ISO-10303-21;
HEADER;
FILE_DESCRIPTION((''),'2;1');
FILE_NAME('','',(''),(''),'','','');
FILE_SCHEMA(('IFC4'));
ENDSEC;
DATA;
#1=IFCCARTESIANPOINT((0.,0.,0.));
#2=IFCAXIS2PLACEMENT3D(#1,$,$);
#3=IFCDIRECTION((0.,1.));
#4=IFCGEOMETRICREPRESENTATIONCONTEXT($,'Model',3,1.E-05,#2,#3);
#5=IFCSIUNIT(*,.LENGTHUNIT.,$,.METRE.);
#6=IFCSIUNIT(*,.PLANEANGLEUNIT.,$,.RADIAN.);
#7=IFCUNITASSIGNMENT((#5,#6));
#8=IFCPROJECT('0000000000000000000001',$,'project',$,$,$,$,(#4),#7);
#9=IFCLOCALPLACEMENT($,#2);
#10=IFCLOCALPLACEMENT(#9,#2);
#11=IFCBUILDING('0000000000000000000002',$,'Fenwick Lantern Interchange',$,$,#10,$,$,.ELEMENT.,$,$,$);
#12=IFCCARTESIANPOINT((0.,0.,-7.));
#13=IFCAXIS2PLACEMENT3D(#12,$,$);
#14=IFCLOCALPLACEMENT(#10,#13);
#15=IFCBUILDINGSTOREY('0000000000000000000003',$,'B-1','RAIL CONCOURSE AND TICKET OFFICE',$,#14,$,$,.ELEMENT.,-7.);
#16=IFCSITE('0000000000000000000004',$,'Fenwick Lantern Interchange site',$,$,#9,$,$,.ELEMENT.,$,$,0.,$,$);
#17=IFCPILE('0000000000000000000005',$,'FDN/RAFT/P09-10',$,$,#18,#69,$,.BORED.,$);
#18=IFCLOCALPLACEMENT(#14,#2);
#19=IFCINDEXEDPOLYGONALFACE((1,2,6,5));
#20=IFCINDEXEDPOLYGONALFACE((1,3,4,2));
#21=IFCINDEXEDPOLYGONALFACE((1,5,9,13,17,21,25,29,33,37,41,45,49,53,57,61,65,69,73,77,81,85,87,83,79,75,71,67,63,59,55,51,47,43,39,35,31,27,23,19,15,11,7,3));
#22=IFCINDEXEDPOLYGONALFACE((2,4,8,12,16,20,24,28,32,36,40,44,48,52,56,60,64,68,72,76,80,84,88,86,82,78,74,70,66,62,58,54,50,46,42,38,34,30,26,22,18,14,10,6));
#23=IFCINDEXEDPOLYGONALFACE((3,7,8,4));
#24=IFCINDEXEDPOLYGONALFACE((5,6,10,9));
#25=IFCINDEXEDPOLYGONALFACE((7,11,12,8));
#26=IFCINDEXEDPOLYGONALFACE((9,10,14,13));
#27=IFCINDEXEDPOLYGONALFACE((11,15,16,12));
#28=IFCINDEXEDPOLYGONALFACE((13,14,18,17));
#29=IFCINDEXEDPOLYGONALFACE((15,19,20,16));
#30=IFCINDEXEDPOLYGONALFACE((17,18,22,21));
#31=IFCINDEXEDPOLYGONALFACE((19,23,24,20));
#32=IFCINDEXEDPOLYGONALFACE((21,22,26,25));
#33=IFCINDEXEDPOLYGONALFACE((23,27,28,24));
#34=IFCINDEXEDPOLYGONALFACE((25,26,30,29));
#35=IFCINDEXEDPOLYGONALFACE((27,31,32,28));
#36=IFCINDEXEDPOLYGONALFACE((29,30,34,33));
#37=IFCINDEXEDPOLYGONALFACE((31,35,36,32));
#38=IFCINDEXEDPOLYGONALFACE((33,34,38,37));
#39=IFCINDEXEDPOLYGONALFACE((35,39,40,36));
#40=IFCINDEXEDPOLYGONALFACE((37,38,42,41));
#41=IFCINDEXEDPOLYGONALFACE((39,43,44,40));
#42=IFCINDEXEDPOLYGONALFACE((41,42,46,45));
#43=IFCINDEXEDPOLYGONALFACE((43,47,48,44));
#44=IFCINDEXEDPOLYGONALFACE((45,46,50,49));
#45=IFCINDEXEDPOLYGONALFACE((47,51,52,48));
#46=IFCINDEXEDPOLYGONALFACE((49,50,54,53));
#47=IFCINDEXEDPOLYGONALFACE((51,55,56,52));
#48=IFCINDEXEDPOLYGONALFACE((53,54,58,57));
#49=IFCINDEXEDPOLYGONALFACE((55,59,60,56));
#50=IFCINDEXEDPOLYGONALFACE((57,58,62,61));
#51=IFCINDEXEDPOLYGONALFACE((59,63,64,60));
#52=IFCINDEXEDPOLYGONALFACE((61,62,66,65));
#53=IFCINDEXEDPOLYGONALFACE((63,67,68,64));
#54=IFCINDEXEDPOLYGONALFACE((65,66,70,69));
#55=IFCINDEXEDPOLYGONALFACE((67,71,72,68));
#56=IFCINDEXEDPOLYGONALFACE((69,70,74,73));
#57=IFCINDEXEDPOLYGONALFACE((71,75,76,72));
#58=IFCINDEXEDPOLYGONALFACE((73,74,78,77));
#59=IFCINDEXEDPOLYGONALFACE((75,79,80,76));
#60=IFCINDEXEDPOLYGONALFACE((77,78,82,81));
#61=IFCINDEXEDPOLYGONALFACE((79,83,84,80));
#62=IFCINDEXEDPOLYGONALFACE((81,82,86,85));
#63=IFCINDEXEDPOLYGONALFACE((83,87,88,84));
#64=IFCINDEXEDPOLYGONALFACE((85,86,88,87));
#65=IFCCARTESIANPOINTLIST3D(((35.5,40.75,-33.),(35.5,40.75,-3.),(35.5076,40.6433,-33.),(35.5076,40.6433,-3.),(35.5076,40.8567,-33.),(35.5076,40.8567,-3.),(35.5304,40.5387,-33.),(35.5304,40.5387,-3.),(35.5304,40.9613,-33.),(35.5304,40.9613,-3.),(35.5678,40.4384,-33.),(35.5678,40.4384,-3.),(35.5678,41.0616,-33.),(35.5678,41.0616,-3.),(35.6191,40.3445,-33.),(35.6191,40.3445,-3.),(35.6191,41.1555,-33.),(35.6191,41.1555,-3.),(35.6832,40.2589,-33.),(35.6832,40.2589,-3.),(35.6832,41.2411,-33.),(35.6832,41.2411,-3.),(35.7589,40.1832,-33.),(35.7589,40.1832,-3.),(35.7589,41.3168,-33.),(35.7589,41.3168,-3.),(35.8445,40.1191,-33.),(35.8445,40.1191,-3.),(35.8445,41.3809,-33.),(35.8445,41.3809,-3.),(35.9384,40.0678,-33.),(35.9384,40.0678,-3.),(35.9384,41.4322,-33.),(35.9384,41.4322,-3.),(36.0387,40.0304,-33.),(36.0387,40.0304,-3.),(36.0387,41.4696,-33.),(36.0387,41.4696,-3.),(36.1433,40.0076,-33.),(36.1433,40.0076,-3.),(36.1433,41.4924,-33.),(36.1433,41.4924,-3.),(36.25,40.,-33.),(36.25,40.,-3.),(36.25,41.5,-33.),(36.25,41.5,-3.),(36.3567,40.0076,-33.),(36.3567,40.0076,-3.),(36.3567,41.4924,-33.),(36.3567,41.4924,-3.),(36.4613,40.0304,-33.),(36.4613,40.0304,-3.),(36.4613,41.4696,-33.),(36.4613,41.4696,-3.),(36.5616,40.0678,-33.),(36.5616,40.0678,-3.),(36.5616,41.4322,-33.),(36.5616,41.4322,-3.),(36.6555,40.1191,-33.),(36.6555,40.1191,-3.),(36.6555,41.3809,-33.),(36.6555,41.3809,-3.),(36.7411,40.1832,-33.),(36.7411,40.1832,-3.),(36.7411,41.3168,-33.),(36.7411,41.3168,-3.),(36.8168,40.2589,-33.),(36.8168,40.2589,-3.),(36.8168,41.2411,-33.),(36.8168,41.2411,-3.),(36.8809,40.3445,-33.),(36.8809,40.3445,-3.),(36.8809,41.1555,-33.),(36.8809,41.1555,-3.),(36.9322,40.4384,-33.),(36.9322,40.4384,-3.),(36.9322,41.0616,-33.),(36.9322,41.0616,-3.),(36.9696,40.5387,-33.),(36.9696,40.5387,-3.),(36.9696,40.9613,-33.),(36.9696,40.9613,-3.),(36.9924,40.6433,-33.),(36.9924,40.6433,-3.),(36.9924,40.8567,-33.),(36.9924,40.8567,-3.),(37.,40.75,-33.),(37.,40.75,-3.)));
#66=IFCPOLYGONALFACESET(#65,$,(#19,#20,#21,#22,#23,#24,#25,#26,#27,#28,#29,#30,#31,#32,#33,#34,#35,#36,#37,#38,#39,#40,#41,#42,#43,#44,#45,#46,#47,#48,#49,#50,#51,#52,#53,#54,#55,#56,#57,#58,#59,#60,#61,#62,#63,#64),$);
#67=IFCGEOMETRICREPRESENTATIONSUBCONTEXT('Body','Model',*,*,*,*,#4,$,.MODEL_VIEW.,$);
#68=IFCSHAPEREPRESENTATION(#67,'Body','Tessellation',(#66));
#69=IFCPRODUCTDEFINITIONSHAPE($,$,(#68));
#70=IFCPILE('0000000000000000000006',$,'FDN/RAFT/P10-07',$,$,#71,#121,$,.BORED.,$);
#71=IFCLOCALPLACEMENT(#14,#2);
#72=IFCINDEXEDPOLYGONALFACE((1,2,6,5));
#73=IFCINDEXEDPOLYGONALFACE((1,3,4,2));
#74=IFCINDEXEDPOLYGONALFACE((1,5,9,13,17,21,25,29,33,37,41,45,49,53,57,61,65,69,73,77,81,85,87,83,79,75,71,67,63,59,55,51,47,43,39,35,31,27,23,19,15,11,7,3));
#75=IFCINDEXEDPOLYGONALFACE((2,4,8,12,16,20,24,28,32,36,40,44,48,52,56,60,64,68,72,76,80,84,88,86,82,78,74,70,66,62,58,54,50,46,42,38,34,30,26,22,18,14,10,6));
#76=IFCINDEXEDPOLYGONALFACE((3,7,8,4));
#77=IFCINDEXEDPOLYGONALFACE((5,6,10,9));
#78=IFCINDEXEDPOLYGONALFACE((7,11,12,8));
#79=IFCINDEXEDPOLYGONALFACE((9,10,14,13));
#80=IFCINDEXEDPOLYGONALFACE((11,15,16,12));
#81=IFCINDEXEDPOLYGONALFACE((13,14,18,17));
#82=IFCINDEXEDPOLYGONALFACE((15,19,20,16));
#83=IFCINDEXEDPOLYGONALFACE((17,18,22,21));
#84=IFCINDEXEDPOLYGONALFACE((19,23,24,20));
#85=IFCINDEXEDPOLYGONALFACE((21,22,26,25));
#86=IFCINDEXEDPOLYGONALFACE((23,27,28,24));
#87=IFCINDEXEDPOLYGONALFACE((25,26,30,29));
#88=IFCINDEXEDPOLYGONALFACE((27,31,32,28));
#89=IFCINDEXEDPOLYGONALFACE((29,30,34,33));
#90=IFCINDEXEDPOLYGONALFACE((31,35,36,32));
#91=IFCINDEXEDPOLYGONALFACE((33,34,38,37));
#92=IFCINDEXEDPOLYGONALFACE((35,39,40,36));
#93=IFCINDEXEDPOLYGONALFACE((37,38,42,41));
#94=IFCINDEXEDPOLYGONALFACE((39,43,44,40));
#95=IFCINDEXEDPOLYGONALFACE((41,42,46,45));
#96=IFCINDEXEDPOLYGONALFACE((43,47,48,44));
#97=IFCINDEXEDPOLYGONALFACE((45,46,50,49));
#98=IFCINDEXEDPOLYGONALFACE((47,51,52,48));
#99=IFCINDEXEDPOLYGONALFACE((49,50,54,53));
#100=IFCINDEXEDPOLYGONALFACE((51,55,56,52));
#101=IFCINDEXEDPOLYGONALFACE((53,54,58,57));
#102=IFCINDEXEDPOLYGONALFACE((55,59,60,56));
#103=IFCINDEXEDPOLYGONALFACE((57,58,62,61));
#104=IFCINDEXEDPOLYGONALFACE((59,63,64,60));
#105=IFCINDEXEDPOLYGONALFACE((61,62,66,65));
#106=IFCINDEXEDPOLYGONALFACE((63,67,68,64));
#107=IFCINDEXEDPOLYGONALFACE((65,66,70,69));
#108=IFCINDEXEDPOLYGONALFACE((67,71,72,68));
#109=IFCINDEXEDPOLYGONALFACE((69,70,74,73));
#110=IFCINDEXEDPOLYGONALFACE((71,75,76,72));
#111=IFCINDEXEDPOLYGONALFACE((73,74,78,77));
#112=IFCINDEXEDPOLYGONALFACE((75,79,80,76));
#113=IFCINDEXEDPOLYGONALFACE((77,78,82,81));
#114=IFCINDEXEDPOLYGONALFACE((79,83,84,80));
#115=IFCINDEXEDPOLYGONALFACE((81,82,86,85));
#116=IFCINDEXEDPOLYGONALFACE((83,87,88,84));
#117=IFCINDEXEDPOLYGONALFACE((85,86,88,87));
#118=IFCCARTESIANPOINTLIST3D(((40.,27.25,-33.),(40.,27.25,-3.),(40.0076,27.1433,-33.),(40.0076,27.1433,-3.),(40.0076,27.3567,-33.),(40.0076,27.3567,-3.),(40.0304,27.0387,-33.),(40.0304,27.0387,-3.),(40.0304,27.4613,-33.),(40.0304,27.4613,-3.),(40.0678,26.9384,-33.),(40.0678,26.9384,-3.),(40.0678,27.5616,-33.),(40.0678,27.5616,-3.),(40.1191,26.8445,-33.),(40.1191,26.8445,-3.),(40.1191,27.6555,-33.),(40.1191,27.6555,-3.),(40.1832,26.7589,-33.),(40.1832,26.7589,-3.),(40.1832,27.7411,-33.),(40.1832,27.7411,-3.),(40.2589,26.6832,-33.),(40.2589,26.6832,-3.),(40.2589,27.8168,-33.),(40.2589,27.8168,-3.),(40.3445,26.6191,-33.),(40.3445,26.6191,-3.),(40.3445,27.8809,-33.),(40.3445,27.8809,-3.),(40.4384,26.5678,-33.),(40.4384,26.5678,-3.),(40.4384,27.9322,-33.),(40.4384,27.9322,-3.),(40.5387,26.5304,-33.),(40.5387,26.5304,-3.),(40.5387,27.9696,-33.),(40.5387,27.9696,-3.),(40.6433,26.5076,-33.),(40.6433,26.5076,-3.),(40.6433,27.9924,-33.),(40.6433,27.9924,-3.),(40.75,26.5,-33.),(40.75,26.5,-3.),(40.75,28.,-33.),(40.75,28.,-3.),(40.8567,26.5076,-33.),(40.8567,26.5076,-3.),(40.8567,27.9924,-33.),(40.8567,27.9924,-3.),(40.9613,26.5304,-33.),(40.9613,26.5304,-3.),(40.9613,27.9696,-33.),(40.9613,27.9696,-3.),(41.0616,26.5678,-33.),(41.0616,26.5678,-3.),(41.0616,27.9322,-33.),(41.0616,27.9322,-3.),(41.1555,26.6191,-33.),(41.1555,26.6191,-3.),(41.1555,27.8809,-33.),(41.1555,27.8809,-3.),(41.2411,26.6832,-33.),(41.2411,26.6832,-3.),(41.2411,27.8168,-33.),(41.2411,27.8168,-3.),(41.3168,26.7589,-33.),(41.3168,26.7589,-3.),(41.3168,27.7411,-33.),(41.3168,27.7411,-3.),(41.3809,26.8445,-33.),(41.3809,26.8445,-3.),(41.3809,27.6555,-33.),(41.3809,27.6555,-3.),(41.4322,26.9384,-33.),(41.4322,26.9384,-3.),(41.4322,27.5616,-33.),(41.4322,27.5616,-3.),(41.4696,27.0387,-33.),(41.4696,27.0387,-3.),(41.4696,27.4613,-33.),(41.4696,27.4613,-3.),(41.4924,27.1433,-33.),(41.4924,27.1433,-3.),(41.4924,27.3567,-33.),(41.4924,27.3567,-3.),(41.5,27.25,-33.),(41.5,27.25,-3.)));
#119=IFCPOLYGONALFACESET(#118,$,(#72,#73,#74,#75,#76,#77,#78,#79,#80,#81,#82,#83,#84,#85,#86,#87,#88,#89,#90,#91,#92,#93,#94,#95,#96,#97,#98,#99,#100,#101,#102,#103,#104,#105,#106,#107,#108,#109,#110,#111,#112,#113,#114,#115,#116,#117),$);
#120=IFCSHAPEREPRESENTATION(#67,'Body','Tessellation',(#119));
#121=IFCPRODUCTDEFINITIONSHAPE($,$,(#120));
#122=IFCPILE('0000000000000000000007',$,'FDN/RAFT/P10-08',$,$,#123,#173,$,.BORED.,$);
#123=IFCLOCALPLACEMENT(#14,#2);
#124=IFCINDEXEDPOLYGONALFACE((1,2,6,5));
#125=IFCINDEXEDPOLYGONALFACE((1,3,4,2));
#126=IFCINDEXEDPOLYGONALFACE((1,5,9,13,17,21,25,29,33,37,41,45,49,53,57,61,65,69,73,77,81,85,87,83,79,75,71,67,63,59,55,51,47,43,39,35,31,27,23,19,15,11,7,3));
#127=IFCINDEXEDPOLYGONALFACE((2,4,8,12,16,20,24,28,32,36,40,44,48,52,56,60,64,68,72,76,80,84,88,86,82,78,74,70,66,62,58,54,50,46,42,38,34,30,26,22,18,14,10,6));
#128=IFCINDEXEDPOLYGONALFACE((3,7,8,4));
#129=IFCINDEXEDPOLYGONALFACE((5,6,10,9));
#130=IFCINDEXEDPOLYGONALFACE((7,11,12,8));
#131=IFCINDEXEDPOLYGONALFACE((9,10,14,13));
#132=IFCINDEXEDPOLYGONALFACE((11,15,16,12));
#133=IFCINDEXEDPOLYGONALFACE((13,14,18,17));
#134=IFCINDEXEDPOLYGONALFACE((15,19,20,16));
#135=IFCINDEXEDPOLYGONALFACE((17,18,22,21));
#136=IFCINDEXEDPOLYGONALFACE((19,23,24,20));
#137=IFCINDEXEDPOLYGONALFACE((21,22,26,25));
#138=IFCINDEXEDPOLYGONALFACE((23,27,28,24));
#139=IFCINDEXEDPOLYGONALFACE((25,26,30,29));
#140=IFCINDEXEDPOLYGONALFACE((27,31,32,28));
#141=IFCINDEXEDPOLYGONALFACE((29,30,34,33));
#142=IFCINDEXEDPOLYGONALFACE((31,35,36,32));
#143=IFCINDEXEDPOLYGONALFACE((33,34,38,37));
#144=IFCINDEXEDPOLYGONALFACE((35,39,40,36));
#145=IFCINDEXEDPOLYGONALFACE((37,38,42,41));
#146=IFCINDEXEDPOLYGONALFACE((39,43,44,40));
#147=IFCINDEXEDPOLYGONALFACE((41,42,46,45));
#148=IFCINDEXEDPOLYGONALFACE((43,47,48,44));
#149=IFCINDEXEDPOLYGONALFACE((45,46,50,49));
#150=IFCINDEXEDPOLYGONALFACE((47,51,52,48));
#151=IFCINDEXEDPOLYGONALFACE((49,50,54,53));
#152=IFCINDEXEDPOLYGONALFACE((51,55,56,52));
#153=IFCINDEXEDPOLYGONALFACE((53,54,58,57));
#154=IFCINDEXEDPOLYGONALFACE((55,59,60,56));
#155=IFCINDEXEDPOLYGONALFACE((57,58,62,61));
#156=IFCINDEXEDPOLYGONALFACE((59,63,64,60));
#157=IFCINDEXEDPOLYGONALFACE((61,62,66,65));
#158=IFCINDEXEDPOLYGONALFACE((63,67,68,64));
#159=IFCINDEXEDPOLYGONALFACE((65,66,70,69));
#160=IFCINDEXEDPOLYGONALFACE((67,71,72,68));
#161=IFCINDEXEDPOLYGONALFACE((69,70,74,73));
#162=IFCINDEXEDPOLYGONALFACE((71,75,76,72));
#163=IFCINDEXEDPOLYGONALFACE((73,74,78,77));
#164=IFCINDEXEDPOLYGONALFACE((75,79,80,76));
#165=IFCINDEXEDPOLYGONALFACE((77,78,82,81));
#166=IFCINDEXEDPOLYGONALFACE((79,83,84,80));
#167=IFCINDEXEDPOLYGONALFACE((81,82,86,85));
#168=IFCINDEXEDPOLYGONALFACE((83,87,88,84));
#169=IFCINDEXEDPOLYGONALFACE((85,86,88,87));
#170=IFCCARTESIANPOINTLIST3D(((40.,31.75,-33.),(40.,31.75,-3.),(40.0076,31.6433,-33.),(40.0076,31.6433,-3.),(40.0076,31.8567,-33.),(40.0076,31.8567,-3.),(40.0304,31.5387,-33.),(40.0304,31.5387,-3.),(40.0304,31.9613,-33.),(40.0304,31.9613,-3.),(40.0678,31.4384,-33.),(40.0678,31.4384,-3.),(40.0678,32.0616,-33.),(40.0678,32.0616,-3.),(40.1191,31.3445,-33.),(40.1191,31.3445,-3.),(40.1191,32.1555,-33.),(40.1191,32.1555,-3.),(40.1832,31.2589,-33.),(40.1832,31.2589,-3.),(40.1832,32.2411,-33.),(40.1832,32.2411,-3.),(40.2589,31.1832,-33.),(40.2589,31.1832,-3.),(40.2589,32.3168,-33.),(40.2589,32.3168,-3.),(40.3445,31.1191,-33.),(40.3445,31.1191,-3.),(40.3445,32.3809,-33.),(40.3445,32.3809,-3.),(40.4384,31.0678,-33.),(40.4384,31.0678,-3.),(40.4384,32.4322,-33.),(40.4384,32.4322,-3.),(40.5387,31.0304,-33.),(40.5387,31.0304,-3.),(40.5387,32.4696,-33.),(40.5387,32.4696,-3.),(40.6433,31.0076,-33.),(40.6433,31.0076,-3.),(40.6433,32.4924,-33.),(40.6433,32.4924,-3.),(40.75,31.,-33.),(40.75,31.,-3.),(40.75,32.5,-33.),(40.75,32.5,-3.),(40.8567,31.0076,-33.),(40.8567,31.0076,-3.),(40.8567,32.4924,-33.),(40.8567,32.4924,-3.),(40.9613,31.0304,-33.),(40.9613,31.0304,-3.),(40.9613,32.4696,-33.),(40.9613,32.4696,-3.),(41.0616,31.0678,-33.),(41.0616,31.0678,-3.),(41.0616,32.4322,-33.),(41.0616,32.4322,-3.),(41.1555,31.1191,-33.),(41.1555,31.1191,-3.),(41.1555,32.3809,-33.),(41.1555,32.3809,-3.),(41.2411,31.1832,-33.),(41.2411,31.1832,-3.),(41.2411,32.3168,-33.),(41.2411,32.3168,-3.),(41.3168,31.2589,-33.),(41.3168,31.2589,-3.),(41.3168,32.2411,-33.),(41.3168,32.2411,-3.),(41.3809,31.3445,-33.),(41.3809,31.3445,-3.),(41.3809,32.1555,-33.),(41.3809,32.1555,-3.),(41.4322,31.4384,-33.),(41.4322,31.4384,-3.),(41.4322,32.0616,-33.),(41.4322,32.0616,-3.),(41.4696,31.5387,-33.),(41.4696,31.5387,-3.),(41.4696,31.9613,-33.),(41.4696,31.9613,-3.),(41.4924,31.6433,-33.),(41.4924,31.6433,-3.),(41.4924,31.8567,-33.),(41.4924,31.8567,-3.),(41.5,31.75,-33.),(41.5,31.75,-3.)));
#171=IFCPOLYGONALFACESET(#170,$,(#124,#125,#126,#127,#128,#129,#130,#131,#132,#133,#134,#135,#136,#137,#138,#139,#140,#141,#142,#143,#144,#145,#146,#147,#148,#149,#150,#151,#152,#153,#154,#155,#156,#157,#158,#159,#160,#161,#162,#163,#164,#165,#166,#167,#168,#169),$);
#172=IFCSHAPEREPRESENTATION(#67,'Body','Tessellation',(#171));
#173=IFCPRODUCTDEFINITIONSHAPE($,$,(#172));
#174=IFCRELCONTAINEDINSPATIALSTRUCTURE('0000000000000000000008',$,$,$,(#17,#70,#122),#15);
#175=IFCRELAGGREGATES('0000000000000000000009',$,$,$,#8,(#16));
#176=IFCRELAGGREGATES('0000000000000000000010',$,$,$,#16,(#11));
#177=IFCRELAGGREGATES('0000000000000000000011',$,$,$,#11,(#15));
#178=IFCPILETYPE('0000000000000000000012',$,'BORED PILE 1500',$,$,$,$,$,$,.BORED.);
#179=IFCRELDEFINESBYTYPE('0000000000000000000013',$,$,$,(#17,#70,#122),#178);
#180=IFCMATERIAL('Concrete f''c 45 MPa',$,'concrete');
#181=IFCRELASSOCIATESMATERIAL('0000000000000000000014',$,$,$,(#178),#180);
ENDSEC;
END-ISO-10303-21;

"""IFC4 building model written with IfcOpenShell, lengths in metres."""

from ifc_helpers import new_model, si_unit, direction, frame, origin, origin_2d, place, context, subcontext, project, spatial, circle, extrude, material, type_object, element, save


model = new_model("IFC4")

# Units and contexts
model_context = context("Model", 3, precision=1e-05, world=origin(), true_north=direction((0.0, 1.0)))
body_context = subcontext(model_context, "Body", "Model", "MODEL_VIEW")
ifc_project = project(units=[si_unit("LENGTHUNIT", "METRE"), si_unit("PLANEANGLEUNIT", "RADIAN")], contexts=[model_context])

# Site, building, storey
site_placement = place(None, origin())
site = spatial("IfcSite", under=ifc_project, at=site_placement, Name="Fenwick Lantern Interchange site", CompositionType="ELEMENT", RefElevation=0.0)
building_placement = place(site_placement, origin())
building = spatial("IfcBuilding", under=site, at=building_placement, Name="Fenwick Lantern Interchange", CompositionType="ELEMENT")
storey_placement = place(building_placement, frame((0.0, 0.0, -7.0)))
storey = spatial("IfcBuildingStorey", under=building, at=storey_placement, Name="B-1", Description="RAIL CONCOURSE AND TICKET OFFICE", CompositionType="ELEMENT", Elevation=-7.0)

# Piles
ifc_material_1 = material(Name="Concrete f'c 45 MPa", Category="concrete")
pile_type = type_object("IfcPileType", Name="BORED PILE 1500", PredefinedType="BORED", material=ifc_material_1)
for number, where, z_axis, x_axis, name in (
    (1, (36.25, 40.75, -3.0), (0.0, 0.0, -1.0), (1.0, 0.0, 0.0), "FDN/RAFT/P09-10"),
    (2, (40.75, 27.25, -3.0), (0.0, 0.0, -1.0), (1.0, 0.0, 0.0), "FDN/RAFT/P10-07"),
    (3, (40.75, 31.75, -3.0), (0.0, 0.0, -1.0), (1.0, 0.0, 0.0), "FDN/RAFT/P10-08"),
):
    element("IfcPile", number, at=place(storey_placement, frame(where, z_axis=z_axis, x_axis=x_axis)), inside=storey, type_object=pile_type, Name=name, PredefinedType="BORED", context=body_context, shape_type="SweptSolid", body=[
        extrude(circle(Radius=0.75, at=origin_2d()), origin(), (0.0, 0.0, 1.0), 30.0),
    ])

save(model, "model.ifc")
